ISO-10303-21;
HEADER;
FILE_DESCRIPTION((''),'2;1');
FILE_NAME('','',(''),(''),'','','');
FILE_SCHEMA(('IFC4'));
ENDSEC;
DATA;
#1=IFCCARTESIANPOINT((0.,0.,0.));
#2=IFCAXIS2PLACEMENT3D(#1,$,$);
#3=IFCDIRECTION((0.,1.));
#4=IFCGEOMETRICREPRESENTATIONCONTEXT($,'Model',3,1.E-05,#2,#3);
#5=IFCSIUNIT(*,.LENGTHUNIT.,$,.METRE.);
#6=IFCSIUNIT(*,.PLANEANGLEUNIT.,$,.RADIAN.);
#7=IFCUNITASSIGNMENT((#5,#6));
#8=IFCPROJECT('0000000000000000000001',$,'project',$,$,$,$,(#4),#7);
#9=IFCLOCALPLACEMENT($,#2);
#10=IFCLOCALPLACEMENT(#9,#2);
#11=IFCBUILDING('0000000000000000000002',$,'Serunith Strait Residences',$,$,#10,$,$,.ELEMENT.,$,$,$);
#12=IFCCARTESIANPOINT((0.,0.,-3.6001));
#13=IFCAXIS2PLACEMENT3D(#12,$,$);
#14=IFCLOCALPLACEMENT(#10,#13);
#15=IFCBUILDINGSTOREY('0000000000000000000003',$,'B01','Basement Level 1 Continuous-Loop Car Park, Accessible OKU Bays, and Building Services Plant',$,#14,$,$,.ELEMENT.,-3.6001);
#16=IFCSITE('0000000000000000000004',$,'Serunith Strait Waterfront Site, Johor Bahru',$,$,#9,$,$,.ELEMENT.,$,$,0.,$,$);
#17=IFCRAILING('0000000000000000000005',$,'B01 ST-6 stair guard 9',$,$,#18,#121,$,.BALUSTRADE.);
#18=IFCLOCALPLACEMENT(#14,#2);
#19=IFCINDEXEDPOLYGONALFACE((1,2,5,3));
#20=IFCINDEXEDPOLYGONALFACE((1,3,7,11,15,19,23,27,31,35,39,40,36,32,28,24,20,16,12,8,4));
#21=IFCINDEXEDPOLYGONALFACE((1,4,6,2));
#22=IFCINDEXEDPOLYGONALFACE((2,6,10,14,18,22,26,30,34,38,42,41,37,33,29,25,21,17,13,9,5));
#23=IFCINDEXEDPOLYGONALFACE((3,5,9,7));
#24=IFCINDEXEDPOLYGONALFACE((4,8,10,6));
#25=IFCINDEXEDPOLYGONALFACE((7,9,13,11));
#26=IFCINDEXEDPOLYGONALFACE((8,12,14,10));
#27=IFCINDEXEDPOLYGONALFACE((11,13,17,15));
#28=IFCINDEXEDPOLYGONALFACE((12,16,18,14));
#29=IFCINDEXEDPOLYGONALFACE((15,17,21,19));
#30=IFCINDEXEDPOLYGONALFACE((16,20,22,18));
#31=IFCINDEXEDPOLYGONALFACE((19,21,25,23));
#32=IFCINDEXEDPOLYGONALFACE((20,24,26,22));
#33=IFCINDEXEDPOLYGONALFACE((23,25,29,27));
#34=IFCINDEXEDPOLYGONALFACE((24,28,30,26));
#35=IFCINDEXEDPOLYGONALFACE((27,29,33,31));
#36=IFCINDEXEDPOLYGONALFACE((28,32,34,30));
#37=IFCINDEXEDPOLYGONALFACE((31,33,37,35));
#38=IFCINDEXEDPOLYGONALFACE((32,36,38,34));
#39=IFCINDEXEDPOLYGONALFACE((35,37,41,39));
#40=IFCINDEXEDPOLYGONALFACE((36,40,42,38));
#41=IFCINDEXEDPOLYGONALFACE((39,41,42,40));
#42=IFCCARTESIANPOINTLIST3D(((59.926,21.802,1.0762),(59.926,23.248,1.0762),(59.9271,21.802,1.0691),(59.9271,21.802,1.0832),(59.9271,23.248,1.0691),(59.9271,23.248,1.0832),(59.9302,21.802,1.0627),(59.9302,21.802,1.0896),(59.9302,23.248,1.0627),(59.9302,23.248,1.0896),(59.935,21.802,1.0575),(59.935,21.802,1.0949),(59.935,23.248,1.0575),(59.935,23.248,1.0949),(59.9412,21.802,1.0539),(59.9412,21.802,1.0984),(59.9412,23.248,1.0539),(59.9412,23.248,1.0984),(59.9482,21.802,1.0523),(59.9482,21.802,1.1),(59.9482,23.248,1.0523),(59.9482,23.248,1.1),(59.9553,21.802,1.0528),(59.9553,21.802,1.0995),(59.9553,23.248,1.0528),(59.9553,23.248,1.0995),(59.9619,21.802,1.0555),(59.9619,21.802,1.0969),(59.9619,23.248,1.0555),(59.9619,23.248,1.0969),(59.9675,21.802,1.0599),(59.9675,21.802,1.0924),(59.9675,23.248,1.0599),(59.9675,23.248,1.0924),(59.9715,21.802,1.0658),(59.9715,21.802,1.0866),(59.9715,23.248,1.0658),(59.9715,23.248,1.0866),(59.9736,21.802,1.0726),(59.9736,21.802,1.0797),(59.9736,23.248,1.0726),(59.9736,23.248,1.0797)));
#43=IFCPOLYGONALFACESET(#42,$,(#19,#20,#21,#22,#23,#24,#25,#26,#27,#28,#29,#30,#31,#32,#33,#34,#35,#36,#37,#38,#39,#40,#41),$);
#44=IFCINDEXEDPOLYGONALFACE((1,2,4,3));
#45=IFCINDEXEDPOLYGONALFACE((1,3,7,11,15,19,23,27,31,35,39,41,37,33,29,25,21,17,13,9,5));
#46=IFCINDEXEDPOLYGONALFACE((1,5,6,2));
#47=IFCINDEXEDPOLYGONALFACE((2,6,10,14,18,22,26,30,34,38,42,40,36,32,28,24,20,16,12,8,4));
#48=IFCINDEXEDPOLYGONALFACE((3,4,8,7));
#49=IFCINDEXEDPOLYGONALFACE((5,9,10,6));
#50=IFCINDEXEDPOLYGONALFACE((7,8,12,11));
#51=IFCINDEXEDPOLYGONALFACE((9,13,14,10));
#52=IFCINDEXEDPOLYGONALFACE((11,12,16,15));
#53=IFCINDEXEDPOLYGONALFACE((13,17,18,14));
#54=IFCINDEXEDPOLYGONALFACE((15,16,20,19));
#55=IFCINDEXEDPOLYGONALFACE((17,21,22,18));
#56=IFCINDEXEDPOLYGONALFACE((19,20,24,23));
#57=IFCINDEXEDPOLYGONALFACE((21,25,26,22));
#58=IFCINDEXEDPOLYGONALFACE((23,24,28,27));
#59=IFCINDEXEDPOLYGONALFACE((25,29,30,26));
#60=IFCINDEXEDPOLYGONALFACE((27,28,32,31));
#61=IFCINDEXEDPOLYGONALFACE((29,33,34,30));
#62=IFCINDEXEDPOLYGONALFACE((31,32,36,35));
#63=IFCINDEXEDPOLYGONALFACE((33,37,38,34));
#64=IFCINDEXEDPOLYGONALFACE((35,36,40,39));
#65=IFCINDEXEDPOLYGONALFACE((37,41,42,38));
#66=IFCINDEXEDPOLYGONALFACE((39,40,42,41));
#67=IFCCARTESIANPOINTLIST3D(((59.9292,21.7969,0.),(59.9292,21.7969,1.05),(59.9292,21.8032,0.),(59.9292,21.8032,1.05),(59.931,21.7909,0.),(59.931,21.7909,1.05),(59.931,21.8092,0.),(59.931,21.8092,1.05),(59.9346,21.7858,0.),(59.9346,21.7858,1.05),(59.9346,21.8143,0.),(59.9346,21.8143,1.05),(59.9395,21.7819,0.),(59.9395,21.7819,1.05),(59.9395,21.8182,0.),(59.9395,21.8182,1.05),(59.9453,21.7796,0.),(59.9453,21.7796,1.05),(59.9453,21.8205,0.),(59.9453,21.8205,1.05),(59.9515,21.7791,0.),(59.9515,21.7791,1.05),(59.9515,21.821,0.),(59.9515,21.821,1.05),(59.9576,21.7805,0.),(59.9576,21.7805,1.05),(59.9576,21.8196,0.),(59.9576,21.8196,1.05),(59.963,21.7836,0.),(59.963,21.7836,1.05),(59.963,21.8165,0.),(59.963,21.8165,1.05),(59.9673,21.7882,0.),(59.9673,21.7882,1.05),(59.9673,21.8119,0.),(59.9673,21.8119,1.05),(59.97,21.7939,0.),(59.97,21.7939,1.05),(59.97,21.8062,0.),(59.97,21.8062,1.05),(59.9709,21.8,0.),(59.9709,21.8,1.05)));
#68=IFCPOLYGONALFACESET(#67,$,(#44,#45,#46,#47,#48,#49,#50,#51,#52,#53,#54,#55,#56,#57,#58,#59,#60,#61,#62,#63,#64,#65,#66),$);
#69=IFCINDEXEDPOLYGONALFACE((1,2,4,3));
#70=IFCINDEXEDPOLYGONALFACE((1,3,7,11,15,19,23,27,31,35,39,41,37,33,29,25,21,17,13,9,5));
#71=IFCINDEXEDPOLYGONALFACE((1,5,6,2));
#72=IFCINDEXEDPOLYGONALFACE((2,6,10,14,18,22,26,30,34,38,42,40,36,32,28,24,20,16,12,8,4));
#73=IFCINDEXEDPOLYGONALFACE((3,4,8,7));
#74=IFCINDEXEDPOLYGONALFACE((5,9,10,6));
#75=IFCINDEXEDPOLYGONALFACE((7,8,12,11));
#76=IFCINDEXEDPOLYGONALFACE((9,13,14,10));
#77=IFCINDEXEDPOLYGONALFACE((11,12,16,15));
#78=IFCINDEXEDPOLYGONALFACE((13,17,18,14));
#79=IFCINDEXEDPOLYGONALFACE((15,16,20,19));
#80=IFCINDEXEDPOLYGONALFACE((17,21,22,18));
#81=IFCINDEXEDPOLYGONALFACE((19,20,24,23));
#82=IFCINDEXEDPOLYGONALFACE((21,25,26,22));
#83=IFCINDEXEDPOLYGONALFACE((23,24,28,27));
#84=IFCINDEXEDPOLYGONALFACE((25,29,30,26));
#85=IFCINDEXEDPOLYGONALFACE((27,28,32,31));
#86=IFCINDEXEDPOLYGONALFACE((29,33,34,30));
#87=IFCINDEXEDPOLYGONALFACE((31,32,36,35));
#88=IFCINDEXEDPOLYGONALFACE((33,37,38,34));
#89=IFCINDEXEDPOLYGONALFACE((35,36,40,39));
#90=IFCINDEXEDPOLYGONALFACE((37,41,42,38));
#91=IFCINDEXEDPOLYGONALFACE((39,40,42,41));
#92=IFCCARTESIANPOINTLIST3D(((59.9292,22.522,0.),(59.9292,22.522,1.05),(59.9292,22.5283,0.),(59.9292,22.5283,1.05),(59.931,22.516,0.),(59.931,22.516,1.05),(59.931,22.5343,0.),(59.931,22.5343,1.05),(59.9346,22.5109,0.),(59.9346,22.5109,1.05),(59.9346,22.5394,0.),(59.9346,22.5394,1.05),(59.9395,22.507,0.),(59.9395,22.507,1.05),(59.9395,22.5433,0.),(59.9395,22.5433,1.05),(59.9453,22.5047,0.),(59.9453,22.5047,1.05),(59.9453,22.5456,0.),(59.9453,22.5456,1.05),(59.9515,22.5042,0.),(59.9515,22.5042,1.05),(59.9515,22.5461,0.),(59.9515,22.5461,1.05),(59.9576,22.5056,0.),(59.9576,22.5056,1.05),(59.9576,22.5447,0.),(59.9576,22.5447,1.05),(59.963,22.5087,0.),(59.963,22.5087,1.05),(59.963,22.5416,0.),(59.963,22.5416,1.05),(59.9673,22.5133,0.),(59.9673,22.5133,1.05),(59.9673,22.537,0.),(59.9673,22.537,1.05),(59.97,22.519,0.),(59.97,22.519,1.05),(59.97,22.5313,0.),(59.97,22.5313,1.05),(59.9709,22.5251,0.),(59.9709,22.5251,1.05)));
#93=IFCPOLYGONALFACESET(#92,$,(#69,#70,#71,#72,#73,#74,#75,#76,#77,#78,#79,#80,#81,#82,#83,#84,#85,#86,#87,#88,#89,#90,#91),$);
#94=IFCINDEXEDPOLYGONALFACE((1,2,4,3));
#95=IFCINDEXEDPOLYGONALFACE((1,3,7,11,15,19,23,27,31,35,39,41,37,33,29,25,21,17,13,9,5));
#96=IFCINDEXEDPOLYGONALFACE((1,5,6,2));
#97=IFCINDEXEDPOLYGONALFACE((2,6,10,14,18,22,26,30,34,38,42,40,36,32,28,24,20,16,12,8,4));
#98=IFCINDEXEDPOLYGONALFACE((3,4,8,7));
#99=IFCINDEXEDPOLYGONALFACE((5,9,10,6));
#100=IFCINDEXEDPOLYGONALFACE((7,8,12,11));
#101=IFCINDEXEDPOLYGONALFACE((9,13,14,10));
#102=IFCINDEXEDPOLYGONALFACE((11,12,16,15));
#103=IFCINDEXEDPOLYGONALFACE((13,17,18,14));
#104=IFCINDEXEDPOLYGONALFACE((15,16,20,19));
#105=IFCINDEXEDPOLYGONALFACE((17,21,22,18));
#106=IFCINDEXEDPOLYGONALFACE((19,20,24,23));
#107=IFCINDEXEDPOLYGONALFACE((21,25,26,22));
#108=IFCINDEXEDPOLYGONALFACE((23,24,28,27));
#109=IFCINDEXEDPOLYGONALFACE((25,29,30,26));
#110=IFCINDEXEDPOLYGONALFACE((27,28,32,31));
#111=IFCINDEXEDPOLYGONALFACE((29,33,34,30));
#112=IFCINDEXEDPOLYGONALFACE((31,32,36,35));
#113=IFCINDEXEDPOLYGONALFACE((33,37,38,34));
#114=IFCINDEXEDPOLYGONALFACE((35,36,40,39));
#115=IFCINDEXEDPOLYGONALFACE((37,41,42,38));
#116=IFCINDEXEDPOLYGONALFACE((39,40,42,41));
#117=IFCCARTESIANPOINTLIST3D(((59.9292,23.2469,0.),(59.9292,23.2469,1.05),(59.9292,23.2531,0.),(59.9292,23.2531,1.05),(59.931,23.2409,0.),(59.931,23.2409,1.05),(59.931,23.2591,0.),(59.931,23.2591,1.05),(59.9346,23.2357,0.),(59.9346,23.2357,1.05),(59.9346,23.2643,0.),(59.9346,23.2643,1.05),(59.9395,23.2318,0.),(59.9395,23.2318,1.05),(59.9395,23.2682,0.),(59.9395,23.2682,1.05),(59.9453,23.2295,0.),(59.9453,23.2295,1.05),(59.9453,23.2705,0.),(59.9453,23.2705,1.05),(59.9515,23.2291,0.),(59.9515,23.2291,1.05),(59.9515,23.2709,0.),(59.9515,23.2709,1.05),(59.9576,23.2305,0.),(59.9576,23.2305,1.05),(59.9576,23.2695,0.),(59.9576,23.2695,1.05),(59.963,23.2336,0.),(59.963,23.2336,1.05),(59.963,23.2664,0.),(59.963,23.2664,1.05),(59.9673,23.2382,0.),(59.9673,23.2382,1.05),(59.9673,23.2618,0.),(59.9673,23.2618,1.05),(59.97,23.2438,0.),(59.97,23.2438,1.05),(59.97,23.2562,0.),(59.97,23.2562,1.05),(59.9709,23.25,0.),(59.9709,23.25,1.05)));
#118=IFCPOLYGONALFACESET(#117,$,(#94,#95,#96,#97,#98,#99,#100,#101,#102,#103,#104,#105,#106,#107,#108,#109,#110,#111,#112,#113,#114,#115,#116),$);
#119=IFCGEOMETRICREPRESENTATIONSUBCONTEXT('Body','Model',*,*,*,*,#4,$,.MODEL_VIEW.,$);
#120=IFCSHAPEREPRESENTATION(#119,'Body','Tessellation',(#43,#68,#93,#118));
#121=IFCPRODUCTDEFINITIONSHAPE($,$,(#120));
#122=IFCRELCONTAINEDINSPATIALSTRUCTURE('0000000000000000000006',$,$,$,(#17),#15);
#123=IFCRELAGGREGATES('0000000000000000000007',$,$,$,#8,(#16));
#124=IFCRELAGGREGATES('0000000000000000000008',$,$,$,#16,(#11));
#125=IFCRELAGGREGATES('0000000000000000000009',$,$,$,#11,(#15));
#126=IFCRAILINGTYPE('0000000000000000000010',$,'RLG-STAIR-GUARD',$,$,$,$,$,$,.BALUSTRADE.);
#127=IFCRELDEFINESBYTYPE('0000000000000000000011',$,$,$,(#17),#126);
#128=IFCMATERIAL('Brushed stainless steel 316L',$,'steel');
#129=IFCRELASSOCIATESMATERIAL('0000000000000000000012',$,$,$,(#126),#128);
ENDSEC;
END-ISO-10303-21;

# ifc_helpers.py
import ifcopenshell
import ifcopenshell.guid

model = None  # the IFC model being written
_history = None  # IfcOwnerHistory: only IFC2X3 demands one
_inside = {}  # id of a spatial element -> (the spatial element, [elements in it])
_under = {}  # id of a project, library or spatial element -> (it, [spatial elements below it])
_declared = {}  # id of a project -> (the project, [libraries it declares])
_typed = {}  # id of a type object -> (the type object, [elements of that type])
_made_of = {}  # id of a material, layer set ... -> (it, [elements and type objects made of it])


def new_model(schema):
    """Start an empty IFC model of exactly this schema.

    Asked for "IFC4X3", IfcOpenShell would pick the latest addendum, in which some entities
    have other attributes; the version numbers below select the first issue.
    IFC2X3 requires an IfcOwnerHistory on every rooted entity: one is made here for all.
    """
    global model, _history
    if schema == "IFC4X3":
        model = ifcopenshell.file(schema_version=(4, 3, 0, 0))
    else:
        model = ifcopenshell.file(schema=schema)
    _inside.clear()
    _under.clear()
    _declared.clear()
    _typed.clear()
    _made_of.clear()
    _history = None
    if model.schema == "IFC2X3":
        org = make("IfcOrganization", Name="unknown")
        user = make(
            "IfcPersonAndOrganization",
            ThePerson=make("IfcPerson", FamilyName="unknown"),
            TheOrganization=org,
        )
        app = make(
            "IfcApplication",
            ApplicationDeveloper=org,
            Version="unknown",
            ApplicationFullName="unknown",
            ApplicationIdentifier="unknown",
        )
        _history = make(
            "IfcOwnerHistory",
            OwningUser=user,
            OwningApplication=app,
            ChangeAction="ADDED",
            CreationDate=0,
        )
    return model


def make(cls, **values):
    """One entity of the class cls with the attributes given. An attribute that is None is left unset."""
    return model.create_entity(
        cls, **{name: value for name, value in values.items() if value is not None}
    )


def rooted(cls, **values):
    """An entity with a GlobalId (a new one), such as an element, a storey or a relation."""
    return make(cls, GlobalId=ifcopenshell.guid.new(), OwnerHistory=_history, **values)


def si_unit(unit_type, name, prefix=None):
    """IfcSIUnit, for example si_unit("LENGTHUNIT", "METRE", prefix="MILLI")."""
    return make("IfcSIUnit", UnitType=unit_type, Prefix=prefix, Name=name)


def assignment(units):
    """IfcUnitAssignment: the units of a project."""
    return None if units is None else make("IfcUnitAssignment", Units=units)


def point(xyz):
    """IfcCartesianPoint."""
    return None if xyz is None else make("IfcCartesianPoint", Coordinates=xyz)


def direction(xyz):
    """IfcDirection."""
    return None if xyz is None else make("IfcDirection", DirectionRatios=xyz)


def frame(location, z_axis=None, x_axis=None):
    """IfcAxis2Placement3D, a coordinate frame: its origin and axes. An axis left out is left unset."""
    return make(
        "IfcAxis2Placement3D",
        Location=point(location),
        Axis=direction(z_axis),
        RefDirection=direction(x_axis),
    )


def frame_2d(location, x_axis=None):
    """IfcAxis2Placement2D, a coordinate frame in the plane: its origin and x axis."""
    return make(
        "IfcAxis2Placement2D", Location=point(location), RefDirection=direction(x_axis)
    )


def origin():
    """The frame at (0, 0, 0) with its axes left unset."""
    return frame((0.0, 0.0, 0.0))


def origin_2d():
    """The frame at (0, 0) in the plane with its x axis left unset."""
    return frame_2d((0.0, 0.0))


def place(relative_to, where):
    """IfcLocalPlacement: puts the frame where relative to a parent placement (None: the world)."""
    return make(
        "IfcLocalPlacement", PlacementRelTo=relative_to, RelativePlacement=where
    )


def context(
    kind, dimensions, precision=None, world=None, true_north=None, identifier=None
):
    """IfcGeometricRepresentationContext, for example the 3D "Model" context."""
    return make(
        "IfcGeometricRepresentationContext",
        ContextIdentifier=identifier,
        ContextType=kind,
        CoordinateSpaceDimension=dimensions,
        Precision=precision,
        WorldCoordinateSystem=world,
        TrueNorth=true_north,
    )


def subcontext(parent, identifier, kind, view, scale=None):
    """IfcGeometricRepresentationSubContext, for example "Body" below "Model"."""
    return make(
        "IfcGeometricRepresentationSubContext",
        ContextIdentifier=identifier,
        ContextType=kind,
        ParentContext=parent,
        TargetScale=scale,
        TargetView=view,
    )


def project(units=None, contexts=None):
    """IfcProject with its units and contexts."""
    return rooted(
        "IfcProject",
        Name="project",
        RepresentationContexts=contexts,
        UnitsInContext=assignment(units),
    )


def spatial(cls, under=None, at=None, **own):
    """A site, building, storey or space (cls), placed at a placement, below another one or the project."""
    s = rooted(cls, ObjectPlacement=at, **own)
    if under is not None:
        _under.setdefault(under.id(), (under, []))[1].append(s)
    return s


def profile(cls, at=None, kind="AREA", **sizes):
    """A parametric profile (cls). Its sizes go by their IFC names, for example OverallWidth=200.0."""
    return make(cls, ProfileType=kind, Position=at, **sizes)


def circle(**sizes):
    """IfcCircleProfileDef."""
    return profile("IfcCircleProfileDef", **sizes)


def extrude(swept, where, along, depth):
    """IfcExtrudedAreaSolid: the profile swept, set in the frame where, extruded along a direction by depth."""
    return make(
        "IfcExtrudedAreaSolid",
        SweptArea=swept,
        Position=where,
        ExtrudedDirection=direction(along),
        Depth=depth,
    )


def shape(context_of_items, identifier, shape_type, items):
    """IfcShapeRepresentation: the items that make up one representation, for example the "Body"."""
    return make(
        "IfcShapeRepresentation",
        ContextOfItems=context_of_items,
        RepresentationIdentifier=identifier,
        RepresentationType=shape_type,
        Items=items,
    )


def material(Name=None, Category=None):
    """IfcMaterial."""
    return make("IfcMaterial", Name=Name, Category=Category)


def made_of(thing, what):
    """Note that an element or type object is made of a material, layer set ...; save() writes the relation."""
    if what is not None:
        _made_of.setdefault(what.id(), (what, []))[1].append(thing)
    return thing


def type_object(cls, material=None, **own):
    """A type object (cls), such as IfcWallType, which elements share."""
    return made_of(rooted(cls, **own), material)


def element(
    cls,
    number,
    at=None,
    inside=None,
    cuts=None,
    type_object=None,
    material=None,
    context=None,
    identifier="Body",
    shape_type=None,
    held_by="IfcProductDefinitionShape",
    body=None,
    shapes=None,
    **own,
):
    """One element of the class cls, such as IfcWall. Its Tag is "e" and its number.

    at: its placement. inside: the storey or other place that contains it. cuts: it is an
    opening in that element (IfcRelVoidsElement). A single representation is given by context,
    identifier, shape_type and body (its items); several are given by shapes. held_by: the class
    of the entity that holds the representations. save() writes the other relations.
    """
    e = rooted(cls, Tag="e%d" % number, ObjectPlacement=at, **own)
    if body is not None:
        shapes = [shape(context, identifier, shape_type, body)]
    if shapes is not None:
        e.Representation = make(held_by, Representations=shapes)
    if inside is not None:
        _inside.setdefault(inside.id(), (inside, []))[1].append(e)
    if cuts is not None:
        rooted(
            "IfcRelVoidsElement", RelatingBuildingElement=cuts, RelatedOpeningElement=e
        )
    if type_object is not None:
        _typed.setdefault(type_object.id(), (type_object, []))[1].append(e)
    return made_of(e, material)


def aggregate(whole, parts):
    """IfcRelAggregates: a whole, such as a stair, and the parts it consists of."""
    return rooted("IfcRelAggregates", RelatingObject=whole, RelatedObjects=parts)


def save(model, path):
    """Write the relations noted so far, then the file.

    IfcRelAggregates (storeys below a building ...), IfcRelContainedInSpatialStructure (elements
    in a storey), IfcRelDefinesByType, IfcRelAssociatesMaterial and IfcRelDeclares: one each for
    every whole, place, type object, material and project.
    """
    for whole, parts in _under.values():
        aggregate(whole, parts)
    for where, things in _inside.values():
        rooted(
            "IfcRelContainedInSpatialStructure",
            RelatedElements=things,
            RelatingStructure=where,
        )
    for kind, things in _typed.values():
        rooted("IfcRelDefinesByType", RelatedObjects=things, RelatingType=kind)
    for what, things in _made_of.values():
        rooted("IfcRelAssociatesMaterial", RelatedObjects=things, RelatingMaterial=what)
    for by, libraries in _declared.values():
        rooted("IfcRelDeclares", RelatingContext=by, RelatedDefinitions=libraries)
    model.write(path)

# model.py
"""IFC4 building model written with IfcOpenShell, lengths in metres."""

from ifc_helpers import new_model, si_unit, direction, frame, origin, origin_2d, place, context, subcontext, project, spatial, circle, extrude, material, type_object, element, save


model = new_model("IFC4")

# Units and contexts
model_context = context("Model", 3, precision=1e-05, world=origin(), true_north=direction((0.0, 1.0)))
body_context = subcontext(model_context, "Body", "Model", "MODEL_VIEW")
ifc_project = project(units=[si_unit("LENGTHUNIT", "METRE"), si_unit("PLANEANGLEUNIT", "RADIAN")], contexts=[model_context])

# Site, building, storey
site_placement = place(None, origin())
site = spatial("IfcSite", under=ifc_project, at=site_placement, Name="Serunith Strait Waterfront Site, Johor Bahru", CompositionType="ELEMENT", RefElevation=0.0)
building_placement = place(site_placement, origin())
building = spatial("IfcBuilding", under=site, at=building_placement, Name="Serunith Strait Residences", CompositionType="ELEMENT")
storey_placement = place(building_placement, frame((0.0, 0.0, -3.6001)))
storey = spatial("IfcBuildingStorey", under=building, at=storey_placement, Name="B01", Description="Basement Level 1 Continuous-Loop Car Park, Accessible OKU Bays, and Building Services Plant", CompositionType="ELEMENT", Elevation=-3.6001)

# Railing
ifc_material_1 = material(Name="Brushed stainless steel 316L", Category="steel")
railing_type_1 = type_object("IfcRailingType", Name="RLG-STAIR-GUARD", PredefinedType="BALUSTRADE", material=ifc_material_1)
for number, where, name in (
    (1, (59.95, 21.8, 0.0), "B01 ST-6 stair guard 9"),
):
    element("IfcRailing", number, at=place(storey_placement, frame(where)), inside=storey, type_object=railing_type_1, Name=name, PredefinedType="BALUSTRADE", context=body_context, shape_type="SweptSolid", body=[
        extrude(circle(Radius=0.0239, at=origin_2d()), frame((0.0, 0.002, 1.0762), z_axis=(0.0, 1.0, 0.0), x_axis=(-1.0, 0.0, 0.0)), (0.0, 0.0, 1.0), 1.446),
        extrude(circle(Radius=0.021, at=origin_2d()), origin(), (0.0, 0.0, 1.0), 1.05),
        extrude(circle(Radius=0.021, at=origin_2d()), frame((0.0, 0.7251, 0.0)), (0.0, 0.0, 1.0), 1.05),
        extrude(circle(Radius=0.021, at=origin_2d()), frame((0.0, 1.45, 0.0)), (0.0, 0.0, 1.0), 1.05),
    ])

save(model, "model.ifc")
